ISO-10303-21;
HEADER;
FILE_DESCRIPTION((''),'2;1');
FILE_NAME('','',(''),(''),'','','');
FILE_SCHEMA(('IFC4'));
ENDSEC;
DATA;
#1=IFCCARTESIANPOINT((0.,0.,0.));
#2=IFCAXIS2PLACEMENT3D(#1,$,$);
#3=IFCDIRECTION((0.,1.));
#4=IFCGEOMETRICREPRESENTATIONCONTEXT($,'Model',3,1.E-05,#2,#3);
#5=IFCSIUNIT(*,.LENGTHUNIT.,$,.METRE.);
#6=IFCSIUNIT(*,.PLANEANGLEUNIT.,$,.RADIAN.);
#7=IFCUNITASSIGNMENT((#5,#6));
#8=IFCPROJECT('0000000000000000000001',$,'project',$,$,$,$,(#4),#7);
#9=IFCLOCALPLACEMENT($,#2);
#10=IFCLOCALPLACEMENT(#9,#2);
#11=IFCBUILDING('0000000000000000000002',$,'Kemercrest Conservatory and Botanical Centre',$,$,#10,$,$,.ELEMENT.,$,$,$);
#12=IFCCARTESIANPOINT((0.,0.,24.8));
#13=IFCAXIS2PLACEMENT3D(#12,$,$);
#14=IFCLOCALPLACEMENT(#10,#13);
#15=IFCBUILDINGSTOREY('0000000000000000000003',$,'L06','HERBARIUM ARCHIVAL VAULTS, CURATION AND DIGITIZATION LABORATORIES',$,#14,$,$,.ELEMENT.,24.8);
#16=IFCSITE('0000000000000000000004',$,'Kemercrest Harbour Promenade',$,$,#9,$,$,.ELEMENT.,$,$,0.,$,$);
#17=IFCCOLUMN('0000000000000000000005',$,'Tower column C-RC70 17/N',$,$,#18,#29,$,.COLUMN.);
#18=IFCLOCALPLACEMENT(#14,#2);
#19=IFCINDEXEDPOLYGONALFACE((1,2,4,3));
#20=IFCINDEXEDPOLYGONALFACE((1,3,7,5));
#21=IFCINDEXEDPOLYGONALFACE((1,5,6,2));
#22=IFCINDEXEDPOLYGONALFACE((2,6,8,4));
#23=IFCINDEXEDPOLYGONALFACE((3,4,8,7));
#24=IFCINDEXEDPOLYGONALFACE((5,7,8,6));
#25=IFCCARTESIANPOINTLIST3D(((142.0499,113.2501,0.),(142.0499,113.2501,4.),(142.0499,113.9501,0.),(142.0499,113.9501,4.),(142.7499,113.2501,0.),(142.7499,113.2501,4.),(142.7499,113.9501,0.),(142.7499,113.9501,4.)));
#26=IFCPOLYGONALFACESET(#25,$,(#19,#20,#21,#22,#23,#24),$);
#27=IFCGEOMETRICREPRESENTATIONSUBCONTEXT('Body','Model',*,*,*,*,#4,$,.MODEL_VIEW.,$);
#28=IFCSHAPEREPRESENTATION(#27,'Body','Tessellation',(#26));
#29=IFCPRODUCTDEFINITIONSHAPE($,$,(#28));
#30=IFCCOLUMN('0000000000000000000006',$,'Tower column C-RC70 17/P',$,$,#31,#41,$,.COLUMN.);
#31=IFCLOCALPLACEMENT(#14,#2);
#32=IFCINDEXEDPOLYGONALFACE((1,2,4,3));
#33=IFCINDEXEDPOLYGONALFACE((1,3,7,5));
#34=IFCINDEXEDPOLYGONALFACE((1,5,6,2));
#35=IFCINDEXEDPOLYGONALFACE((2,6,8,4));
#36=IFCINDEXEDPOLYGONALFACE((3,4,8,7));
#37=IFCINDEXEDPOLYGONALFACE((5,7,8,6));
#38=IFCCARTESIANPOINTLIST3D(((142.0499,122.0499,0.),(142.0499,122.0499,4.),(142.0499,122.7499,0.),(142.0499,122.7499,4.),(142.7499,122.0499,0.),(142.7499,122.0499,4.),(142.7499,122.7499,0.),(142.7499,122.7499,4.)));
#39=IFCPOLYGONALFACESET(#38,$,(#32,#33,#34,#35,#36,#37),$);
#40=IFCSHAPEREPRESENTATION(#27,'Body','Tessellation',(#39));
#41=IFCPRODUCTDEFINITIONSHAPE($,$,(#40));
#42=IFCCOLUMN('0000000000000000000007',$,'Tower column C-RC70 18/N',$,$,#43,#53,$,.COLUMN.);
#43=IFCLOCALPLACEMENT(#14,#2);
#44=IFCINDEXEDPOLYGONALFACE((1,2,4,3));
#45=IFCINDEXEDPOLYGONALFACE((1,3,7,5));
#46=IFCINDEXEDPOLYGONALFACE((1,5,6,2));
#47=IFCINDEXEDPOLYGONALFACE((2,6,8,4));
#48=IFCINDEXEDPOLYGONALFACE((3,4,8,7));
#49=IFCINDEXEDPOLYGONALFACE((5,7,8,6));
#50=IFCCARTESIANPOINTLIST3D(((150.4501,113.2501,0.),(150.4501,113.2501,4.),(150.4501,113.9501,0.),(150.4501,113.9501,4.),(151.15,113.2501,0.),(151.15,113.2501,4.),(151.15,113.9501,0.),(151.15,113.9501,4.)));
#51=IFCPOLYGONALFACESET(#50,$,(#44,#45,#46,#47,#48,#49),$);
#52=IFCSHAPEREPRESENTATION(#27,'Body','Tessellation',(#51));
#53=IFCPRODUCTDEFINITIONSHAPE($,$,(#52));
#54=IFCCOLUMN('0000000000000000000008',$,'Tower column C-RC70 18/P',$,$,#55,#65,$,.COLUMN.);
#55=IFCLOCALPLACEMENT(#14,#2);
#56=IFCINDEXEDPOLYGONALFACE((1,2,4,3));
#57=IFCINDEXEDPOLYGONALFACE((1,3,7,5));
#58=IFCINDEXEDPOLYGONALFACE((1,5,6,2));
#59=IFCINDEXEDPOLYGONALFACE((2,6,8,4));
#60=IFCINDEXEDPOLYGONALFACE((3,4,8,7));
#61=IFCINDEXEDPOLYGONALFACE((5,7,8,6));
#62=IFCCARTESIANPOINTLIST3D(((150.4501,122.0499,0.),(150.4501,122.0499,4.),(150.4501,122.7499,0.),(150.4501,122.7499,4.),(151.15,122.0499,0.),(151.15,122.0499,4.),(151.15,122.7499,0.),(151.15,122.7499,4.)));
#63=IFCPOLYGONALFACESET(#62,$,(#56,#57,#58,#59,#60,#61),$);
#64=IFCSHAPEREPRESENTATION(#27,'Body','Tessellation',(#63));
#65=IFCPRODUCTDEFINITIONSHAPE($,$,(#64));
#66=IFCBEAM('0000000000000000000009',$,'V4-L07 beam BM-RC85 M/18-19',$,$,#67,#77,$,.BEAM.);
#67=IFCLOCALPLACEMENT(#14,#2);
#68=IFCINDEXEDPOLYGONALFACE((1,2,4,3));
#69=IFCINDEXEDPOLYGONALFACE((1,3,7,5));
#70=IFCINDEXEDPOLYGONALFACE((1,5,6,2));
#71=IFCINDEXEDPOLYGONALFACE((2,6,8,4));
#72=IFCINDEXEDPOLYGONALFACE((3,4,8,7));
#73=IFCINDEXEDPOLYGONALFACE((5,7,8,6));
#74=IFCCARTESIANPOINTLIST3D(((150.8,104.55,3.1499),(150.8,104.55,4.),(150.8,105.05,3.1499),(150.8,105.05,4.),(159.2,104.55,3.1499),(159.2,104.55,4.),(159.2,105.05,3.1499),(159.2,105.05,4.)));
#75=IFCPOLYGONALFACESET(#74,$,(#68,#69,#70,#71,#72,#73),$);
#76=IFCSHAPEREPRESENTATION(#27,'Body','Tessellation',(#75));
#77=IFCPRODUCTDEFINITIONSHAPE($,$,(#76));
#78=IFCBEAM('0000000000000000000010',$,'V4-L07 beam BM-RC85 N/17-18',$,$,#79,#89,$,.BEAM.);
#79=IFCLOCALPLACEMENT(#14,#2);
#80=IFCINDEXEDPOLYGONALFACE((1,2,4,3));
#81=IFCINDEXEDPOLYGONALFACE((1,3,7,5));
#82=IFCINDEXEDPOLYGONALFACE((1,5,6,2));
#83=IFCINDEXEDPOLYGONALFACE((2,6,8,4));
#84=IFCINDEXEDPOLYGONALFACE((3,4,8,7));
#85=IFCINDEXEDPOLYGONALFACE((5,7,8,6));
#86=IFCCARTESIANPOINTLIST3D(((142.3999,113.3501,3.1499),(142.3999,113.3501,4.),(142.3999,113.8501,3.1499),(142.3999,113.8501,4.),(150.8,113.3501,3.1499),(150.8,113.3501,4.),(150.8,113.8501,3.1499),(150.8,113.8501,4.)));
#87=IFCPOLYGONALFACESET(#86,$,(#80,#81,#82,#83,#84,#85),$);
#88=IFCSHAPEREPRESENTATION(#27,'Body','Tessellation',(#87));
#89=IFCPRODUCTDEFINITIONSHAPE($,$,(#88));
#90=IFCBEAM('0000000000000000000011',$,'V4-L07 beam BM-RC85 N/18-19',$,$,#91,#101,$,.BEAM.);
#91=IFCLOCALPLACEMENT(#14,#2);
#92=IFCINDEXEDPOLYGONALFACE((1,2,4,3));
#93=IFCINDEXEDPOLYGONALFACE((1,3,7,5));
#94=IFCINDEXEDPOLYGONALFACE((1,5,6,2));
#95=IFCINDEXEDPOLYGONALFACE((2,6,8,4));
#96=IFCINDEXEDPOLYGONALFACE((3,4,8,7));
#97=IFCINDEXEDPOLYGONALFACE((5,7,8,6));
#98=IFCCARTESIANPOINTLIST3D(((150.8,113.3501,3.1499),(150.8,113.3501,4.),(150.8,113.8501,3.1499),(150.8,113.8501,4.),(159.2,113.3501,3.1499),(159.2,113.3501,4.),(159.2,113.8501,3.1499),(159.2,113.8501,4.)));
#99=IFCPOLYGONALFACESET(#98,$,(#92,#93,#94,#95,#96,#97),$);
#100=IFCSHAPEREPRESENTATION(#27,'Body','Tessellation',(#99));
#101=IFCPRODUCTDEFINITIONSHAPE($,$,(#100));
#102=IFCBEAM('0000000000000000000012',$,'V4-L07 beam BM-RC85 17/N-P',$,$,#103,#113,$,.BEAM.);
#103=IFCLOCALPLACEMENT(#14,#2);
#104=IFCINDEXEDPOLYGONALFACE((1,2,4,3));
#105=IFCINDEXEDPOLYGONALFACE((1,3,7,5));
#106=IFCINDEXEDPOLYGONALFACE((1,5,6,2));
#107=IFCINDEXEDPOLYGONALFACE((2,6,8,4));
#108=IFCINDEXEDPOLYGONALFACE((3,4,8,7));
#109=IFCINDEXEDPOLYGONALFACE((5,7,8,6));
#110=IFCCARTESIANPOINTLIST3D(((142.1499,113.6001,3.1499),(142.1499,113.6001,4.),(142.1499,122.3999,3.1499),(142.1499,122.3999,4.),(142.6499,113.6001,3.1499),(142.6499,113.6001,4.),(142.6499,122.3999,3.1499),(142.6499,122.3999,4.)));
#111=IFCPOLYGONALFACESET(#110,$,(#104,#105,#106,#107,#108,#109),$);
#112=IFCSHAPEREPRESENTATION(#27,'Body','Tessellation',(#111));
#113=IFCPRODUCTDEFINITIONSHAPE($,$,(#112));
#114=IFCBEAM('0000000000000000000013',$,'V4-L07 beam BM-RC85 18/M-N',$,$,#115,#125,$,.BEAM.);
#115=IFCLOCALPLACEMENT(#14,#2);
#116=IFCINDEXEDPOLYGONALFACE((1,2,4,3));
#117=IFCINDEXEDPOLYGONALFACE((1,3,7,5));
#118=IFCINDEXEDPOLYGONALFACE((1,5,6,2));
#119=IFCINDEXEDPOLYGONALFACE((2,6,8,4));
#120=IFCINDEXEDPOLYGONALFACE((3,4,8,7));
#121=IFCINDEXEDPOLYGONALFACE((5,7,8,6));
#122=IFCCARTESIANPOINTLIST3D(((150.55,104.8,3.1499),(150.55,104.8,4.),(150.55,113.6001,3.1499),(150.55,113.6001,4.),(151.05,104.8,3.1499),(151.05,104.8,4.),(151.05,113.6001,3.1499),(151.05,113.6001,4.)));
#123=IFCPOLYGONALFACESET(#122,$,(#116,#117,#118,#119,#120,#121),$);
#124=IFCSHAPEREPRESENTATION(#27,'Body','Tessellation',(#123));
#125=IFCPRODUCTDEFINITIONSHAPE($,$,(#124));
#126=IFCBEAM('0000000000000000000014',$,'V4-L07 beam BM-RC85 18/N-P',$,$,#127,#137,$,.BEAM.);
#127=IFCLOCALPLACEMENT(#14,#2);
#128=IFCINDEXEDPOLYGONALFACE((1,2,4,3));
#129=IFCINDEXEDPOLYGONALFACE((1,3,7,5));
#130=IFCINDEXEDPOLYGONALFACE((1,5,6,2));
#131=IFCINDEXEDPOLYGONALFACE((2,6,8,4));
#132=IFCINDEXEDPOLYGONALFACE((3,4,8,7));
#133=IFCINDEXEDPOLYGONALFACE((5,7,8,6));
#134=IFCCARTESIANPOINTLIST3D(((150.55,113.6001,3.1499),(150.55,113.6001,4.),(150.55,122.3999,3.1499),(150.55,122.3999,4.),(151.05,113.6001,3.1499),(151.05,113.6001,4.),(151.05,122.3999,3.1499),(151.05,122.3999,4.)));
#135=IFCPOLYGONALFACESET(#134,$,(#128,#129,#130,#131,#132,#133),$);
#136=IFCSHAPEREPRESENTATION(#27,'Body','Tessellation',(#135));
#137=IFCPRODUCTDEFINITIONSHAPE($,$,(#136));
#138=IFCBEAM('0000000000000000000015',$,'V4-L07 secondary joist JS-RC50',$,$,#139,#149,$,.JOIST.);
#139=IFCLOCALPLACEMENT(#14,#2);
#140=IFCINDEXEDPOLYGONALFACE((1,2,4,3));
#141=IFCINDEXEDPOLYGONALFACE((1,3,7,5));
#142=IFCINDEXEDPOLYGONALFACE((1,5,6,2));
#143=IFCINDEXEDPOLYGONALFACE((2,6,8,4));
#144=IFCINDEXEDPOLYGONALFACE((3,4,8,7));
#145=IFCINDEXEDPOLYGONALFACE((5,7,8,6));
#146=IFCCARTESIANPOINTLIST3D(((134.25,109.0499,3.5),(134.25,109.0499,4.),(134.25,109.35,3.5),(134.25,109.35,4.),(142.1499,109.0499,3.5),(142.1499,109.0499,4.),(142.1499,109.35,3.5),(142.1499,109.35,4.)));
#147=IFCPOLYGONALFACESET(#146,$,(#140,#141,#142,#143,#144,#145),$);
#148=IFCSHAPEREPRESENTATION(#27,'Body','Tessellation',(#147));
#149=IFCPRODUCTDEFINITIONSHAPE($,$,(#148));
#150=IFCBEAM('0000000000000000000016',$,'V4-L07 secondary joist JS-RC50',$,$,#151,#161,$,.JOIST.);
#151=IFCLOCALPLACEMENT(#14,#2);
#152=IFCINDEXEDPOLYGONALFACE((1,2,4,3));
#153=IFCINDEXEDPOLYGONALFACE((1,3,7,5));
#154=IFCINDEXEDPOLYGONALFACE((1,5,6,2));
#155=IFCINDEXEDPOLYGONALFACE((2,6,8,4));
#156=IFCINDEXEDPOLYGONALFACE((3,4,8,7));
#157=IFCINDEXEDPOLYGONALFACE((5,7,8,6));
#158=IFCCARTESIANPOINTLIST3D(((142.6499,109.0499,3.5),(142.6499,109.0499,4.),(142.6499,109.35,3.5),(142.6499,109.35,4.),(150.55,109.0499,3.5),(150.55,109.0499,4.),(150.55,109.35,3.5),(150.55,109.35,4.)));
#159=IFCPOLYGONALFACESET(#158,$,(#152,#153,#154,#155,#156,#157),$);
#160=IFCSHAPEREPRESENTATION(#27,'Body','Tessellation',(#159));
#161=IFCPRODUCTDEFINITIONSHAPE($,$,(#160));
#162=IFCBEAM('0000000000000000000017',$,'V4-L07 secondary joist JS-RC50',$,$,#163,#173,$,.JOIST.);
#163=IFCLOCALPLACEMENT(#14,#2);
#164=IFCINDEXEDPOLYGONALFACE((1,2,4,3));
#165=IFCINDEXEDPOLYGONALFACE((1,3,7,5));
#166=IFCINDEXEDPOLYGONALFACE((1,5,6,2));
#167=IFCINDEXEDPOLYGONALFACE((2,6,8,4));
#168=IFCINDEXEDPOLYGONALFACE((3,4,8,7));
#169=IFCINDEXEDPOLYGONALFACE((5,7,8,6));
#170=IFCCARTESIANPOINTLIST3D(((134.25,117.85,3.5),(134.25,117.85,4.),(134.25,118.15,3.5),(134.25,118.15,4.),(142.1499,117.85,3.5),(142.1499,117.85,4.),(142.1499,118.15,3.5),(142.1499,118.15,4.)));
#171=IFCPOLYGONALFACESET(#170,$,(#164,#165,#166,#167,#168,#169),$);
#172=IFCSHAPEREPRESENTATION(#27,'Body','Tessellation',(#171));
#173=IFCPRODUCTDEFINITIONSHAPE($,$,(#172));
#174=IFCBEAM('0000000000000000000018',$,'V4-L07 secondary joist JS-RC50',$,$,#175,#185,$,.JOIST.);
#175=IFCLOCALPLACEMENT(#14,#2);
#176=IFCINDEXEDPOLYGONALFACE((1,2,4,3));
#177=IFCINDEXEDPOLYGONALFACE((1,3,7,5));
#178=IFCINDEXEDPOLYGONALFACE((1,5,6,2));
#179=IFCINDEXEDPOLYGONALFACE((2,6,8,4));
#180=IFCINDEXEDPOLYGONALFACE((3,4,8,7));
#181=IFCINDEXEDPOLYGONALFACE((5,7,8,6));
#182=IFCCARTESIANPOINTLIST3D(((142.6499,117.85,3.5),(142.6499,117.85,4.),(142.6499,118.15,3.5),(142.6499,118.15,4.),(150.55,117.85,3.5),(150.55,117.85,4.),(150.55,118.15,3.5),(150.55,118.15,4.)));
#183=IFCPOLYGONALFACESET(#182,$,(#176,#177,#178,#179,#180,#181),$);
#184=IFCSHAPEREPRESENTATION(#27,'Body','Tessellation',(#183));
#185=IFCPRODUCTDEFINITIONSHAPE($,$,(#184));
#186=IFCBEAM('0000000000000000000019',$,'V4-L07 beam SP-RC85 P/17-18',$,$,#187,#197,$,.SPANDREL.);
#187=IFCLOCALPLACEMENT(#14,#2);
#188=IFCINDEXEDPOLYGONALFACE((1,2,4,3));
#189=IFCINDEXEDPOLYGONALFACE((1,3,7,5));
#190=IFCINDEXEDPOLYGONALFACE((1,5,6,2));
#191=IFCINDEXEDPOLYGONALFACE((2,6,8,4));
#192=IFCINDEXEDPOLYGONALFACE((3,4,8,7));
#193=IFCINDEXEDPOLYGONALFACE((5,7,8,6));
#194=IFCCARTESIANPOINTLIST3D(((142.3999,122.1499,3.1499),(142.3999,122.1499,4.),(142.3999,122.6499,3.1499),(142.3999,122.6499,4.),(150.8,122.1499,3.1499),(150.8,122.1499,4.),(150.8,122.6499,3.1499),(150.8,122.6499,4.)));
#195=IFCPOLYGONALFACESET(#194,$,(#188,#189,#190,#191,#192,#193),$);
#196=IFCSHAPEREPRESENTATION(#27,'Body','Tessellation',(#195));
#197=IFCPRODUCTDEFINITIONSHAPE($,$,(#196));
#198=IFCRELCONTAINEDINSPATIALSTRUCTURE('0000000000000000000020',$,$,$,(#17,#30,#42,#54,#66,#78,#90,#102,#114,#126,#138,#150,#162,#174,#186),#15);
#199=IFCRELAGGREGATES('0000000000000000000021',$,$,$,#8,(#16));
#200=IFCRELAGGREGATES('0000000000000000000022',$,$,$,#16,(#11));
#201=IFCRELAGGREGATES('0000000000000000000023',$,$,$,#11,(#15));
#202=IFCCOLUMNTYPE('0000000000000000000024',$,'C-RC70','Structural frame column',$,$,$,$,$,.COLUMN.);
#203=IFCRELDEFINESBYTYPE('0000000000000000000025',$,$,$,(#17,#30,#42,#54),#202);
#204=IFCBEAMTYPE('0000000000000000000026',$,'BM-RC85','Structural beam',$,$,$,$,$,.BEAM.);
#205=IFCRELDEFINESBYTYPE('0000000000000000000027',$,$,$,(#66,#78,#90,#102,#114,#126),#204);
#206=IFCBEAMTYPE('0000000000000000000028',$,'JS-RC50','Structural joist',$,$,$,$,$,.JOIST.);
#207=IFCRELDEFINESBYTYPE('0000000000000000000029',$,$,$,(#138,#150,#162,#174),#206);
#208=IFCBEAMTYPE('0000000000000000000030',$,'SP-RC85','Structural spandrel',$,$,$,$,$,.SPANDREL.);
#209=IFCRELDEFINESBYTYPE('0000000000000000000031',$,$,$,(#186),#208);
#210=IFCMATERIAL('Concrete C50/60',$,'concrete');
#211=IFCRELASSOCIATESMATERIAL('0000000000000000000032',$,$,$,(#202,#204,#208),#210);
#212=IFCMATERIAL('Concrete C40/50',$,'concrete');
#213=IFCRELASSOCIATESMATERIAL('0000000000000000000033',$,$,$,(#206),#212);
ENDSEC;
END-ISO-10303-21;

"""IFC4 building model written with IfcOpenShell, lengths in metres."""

from ifc_helpers import new_model, si_unit, direction, frame, origin, origin_2d, place, context, subcontext, project, spatial, rectangle, extrude, material, material_profile, profile_set, type_object, element, save


model = new_model("IFC4")

# Units and contexts
model_context = context("Model", 3, precision=1e-05, world=origin(), true_north=direction((0.0, 1.0)))
body_context = subcontext(model_context, "Body", "Model", "MODEL_VIEW")
ifc_project = project(units=[si_unit("LENGTHUNIT", "METRE"), si_unit("PLANEANGLEUNIT", "RADIAN")], contexts=[model_context])

# Site, building, storey
site_placement = place(None, origin())
site = spatial("IfcSite", under=ifc_project, at=site_placement, Name="Kemercrest Harbour Promenade", CompositionType="ELEMENT", RefElevation=0.0)
building_placement = place(site_placement, origin())
building = spatial("IfcBuilding", under=site, at=building_placement, Name="Kemercrest Conservatory and Botanical Centre", CompositionType="ELEMENT")
storey_placement = place(building_placement, frame((0.0, 0.0, 24.8)))
storey = spatial("IfcBuildingStorey", under=building, at=storey_placement, Name="L06", Description="HERBARIUM ARCHIVAL VAULTS, CURATION AND DIGITIZATION LABORATORIES", CompositionType="ELEMENT", Elevation=24.8)

# Columns
ifc_material_1 = material(Name="Concrete C50/60", Category="concrete")
ifc_material_profile_1 = material_profile(ifc_material_1, rectangle(XDim=0.7, YDim=0.7, at=origin_2d()), Name="RC 700x700")
ifc_profile_set_1 = profile_set([ifc_material_profile_1], Name="Concrete C50/60")
column_type = type_object("IfcColumnType", Name="C-RC70", Description="Structural frame column", PredefinedType="COLUMN", material=ifc_profile_set_1)
for number, where, z_axis, x_axis, name in (
    (1, (142.3999, 113.6001, 0.0), (0.0, 0.0, 1.0), (1.0, 0.0, 0.0), "Tower column C-RC70 17/N"),
    (2, (142.3999, 122.3999, 0.0), (0.0, 0.0, 1.0), (1.0, 0.0, 0.0), "Tower column C-RC70 17/P"),
    (3, (150.8, 113.6001, 0.0), (0.0, 0.0, 1.0), (1.0, 0.0, 0.0), "Tower column C-RC70 18/N"),
    (4, (150.8, 122.3999, 0.0), (0.0, 0.0, 1.0), (1.0, 0.0, 0.0), "Tower column C-RC70 18/P"),
):
    element("IfcColumn", number, at=place(storey_placement, frame(where, z_axis=z_axis, x_axis=x_axis)), inside=storey, type_object=column_type, Name=name, PredefinedType="COLUMN", context=body_context, shape_type="SweptSolid", body=[
        extrude(rectangle(XDim=0.7, YDim=0.7, at=origin_2d()), origin(), (0.0, 0.0, 1.0), 4.0),
    ])

# Beams
ifc_material_profile_2 = material_profile(ifc_material_1, rectangle(XDim=0.5, YDim=0.8501, at=origin_2d()), Name="RC 500x850")
ifc_profile_set_2 = profile_set([ifc_material_profile_2], Name="Concrete C50/60")
beam_type_1 = type_object("IfcBeamType", Name="BM-RC85", Description="Structural beam", PredefinedType="BEAM", material=ifc_profile_set_2)
beam_1_placement = place(storey_placement, frame((150.8, 104.8, 3.575), z_axis=(1.0, 0.0, 0.0), x_axis=(0.0, 1.0, 0.0)))
element("IfcBeam", 5, at=beam_1_placement, inside=storey, type_object=beam_type_1, Name="V4-L07 beam BM-RC85 M/18-19", PredefinedType="BEAM", context=body_context, shape_type="SweptSolid", body=[
    extrude(rectangle(XDim=0.5, YDim=0.8501, at=origin_2d()), origin(), (0.0, 0.0, 1.0), 8.3999),
])
beam_2_placement = place(storey_placement, frame((142.3999, 113.6001, 3.575), z_axis=(1.0, 0.0, 0.0), x_axis=(0.0, 1.0, 0.0)))
element("IfcBeam", 6, at=beam_2_placement, inside=storey, type_object=beam_type_1, Name="V4-L07 beam BM-RC85 N/17-18", PredefinedType="BEAM", context=body_context, shape_type="SweptSolid", body=[
    extrude(rectangle(XDim=0.5, YDim=0.8501, at=origin_2d()), origin(), (0.0, 0.0, 1.0), 8.4001),
])
beam_3_placement = place(storey_placement, frame((150.8, 113.6001, 3.575), z_axis=(1.0, 0.0, 0.0), x_axis=(0.0, 1.0, 0.0)))
element("IfcBeam", 7, at=beam_3_placement, inside=storey, type_object=beam_type_1, Name="V4-L07 beam BM-RC85 N/18-19", PredefinedType="BEAM", context=body_context, shape_type="SweptSolid", body=[
    extrude(rectangle(XDim=0.5, YDim=0.8501, at=origin_2d()), origin(), (0.0, 0.0, 1.0), 8.3999),
])
beam_4_placement = place(storey_placement, frame((142.3999, 113.6001, 3.575), z_axis=(0.0, 1.0, 0.0), x_axis=(-1.0, 0.0, 0.0)))
element("IfcBeam", 8, at=beam_4_placement, inside=storey, type_object=beam_type_1, Name="V4-L07 beam BM-RC85 17/N-P", PredefinedType="BEAM", context=body_context, shape_type="SweptSolid", body=[
    extrude(rectangle(XDim=0.5, YDim=0.8501, at=origin_2d()), origin(), (0.0, 0.0, 1.0), 8.7998),
])
beam_5_placement = place(storey_placement, frame((150.8, 104.8, 3.575), z_axis=(0.0, 1.0, 0.0), x_axis=(-1.0, 0.0, 0.0)))
element("IfcBeam", 9, at=beam_5_placement, inside=storey, type_object=beam_type_1, Name="V4-L07 beam BM-RC85 18/M-N", PredefinedType="BEAM", context=body_context, shape_type="SweptSolid", body=[
    extrude(rectangle(XDim=0.5, YDim=0.8501, at=origin_2d()), origin(), (0.0, 0.0, 1.0), 8.8),
])
beam_6_placement = place(storey_placement, frame((150.8, 113.6001, 3.575), z_axis=(0.0, 1.0, 0.0), x_axis=(-1.0, 0.0, 0.0)))
element("IfcBeam", 10, at=beam_6_placement, inside=storey, type_object=beam_type_1, Name="V4-L07 beam BM-RC85 18/N-P", PredefinedType="BEAM", context=body_context, shape_type="SweptSolid", body=[
    extrude(rectangle(XDim=0.5, YDim=0.8501, at=origin_2d()), origin(), (0.0, 0.0, 1.0), 8.7998),
])
ifc_material_2 = material(Name="Concrete C40/50", Category="concrete")
ifc_material_profile_3 = material_profile(ifc_material_2, rectangle(XDim=0.3, YDim=0.5, at=origin_2d()), Name="RC 300x500")
ifc_profile_set_3 = profile_set([ifc_material_profile_3], Name="Concrete C40/50")
beam_type_2 = type_object("IfcBeamType", Name="JS-RC50", Description="Structural joist", PredefinedType="JOIST", material=ifc_profile_set_3)
beam_7_placement = place(storey_placement, frame((134.25, 109.2, 3.75), z_axis=(1.0, 0.0, 0.0), x_axis=(0.0, 1.0, 0.0)))
element("IfcBeam", 11, at=beam_7_placement, inside=storey, type_object=beam_type_2, Name="V4-L07 secondary joist JS-RC50", PredefinedType="JOIST", context=body_context, shape_type="SweptSolid", body=[
    extrude(rectangle(XDim=0.3, YDim=0.5, at=origin_2d()), origin(), (0.0, 0.0, 1.0), 7.8999),
])
beam_8_placement = place(storey_placement, frame((142.6499, 109.2, 3.75), z_axis=(1.0, 0.0, 0.0), x_axis=(0.0, 1.0, 0.0)))
element("IfcBeam", 12, at=beam_8_placement, inside=storey, type_object=beam_type_2, Name="V4-L07 secondary joist JS-RC50", PredefinedType="JOIST", context=body_context, shape_type="SweptSolid", body=[
    extrude(rectangle(XDim=0.3, YDim=0.5, at=origin_2d()), origin(), (0.0, 0.0, 1.0), 7.9001),
])
beam_9_placement = place(storey_placement, frame((134.25, 118.0, 3.75), z_axis=(1.0, 0.0, 0.0), x_axis=(0.0, 1.0, 0.0)))
element("IfcBeam", 13, at=beam_9_placement, inside=storey, type_object=beam_type_2, Name="V4-L07 secondary joist JS-RC50", PredefinedType="JOIST", context=body_context, shape_type="SweptSolid", body=[
    extrude(rectangle(XDim=0.3, YDim=0.5, at=origin_2d()), origin(), (0.0, 0.0, 1.0), 7.8999),
])
beam_10_placement = place(storey_placement, frame((142.6499, 118.0, 3.75), z_axis=(1.0, 0.0, 0.0), x_axis=(0.0, 1.0, 0.0)))
element("IfcBeam", 14, at=beam_10_placement, inside=storey, type_object=beam_type_2, Name="V4-L07 secondary joist JS-RC50", PredefinedType="JOIST", context=body_context, shape_type="SweptSolid", body=[
    extrude(rectangle(XDim=0.3, YDim=0.5, at=origin_2d()), origin(), (0.0, 0.0, 1.0), 7.9001),
])
ifc_material_profile_4 = material_profile(ifc_material_1, rectangle(XDim=0.5, YDim=0.8501, at=origin_2d()), Name="RC 500x850")
ifc_profile_set_4 = profile_set([ifc_material_profile_4], Name="Concrete C50/60")
beam_type_3 = type_object("IfcBeamType", Name="SP-RC85", Description="Structural spandrel", PredefinedType="SPANDREL", material=ifc_profile_set_4)
beam_11_placement = place(storey_placement, frame((142.3999, 122.3999, 3.575), z_axis=(1.0, 0.0, 0.0), x_axis=(0.0, 1.0, 0.0)))
element("IfcBeam", 15, at=beam_11_placement, inside=storey, type_object=beam_type_3, Name="V4-L07 beam SP-RC85 P/17-18", PredefinedType="SPANDREL", context=body_context, shape_type="SweptSolid", body=[
    extrude(rectangle(XDim=0.5, YDim=0.8501, at=origin_2d()), origin(), (0.0, 0.0, 1.0), 8.4001),
])

save(model, "model.ifc")
